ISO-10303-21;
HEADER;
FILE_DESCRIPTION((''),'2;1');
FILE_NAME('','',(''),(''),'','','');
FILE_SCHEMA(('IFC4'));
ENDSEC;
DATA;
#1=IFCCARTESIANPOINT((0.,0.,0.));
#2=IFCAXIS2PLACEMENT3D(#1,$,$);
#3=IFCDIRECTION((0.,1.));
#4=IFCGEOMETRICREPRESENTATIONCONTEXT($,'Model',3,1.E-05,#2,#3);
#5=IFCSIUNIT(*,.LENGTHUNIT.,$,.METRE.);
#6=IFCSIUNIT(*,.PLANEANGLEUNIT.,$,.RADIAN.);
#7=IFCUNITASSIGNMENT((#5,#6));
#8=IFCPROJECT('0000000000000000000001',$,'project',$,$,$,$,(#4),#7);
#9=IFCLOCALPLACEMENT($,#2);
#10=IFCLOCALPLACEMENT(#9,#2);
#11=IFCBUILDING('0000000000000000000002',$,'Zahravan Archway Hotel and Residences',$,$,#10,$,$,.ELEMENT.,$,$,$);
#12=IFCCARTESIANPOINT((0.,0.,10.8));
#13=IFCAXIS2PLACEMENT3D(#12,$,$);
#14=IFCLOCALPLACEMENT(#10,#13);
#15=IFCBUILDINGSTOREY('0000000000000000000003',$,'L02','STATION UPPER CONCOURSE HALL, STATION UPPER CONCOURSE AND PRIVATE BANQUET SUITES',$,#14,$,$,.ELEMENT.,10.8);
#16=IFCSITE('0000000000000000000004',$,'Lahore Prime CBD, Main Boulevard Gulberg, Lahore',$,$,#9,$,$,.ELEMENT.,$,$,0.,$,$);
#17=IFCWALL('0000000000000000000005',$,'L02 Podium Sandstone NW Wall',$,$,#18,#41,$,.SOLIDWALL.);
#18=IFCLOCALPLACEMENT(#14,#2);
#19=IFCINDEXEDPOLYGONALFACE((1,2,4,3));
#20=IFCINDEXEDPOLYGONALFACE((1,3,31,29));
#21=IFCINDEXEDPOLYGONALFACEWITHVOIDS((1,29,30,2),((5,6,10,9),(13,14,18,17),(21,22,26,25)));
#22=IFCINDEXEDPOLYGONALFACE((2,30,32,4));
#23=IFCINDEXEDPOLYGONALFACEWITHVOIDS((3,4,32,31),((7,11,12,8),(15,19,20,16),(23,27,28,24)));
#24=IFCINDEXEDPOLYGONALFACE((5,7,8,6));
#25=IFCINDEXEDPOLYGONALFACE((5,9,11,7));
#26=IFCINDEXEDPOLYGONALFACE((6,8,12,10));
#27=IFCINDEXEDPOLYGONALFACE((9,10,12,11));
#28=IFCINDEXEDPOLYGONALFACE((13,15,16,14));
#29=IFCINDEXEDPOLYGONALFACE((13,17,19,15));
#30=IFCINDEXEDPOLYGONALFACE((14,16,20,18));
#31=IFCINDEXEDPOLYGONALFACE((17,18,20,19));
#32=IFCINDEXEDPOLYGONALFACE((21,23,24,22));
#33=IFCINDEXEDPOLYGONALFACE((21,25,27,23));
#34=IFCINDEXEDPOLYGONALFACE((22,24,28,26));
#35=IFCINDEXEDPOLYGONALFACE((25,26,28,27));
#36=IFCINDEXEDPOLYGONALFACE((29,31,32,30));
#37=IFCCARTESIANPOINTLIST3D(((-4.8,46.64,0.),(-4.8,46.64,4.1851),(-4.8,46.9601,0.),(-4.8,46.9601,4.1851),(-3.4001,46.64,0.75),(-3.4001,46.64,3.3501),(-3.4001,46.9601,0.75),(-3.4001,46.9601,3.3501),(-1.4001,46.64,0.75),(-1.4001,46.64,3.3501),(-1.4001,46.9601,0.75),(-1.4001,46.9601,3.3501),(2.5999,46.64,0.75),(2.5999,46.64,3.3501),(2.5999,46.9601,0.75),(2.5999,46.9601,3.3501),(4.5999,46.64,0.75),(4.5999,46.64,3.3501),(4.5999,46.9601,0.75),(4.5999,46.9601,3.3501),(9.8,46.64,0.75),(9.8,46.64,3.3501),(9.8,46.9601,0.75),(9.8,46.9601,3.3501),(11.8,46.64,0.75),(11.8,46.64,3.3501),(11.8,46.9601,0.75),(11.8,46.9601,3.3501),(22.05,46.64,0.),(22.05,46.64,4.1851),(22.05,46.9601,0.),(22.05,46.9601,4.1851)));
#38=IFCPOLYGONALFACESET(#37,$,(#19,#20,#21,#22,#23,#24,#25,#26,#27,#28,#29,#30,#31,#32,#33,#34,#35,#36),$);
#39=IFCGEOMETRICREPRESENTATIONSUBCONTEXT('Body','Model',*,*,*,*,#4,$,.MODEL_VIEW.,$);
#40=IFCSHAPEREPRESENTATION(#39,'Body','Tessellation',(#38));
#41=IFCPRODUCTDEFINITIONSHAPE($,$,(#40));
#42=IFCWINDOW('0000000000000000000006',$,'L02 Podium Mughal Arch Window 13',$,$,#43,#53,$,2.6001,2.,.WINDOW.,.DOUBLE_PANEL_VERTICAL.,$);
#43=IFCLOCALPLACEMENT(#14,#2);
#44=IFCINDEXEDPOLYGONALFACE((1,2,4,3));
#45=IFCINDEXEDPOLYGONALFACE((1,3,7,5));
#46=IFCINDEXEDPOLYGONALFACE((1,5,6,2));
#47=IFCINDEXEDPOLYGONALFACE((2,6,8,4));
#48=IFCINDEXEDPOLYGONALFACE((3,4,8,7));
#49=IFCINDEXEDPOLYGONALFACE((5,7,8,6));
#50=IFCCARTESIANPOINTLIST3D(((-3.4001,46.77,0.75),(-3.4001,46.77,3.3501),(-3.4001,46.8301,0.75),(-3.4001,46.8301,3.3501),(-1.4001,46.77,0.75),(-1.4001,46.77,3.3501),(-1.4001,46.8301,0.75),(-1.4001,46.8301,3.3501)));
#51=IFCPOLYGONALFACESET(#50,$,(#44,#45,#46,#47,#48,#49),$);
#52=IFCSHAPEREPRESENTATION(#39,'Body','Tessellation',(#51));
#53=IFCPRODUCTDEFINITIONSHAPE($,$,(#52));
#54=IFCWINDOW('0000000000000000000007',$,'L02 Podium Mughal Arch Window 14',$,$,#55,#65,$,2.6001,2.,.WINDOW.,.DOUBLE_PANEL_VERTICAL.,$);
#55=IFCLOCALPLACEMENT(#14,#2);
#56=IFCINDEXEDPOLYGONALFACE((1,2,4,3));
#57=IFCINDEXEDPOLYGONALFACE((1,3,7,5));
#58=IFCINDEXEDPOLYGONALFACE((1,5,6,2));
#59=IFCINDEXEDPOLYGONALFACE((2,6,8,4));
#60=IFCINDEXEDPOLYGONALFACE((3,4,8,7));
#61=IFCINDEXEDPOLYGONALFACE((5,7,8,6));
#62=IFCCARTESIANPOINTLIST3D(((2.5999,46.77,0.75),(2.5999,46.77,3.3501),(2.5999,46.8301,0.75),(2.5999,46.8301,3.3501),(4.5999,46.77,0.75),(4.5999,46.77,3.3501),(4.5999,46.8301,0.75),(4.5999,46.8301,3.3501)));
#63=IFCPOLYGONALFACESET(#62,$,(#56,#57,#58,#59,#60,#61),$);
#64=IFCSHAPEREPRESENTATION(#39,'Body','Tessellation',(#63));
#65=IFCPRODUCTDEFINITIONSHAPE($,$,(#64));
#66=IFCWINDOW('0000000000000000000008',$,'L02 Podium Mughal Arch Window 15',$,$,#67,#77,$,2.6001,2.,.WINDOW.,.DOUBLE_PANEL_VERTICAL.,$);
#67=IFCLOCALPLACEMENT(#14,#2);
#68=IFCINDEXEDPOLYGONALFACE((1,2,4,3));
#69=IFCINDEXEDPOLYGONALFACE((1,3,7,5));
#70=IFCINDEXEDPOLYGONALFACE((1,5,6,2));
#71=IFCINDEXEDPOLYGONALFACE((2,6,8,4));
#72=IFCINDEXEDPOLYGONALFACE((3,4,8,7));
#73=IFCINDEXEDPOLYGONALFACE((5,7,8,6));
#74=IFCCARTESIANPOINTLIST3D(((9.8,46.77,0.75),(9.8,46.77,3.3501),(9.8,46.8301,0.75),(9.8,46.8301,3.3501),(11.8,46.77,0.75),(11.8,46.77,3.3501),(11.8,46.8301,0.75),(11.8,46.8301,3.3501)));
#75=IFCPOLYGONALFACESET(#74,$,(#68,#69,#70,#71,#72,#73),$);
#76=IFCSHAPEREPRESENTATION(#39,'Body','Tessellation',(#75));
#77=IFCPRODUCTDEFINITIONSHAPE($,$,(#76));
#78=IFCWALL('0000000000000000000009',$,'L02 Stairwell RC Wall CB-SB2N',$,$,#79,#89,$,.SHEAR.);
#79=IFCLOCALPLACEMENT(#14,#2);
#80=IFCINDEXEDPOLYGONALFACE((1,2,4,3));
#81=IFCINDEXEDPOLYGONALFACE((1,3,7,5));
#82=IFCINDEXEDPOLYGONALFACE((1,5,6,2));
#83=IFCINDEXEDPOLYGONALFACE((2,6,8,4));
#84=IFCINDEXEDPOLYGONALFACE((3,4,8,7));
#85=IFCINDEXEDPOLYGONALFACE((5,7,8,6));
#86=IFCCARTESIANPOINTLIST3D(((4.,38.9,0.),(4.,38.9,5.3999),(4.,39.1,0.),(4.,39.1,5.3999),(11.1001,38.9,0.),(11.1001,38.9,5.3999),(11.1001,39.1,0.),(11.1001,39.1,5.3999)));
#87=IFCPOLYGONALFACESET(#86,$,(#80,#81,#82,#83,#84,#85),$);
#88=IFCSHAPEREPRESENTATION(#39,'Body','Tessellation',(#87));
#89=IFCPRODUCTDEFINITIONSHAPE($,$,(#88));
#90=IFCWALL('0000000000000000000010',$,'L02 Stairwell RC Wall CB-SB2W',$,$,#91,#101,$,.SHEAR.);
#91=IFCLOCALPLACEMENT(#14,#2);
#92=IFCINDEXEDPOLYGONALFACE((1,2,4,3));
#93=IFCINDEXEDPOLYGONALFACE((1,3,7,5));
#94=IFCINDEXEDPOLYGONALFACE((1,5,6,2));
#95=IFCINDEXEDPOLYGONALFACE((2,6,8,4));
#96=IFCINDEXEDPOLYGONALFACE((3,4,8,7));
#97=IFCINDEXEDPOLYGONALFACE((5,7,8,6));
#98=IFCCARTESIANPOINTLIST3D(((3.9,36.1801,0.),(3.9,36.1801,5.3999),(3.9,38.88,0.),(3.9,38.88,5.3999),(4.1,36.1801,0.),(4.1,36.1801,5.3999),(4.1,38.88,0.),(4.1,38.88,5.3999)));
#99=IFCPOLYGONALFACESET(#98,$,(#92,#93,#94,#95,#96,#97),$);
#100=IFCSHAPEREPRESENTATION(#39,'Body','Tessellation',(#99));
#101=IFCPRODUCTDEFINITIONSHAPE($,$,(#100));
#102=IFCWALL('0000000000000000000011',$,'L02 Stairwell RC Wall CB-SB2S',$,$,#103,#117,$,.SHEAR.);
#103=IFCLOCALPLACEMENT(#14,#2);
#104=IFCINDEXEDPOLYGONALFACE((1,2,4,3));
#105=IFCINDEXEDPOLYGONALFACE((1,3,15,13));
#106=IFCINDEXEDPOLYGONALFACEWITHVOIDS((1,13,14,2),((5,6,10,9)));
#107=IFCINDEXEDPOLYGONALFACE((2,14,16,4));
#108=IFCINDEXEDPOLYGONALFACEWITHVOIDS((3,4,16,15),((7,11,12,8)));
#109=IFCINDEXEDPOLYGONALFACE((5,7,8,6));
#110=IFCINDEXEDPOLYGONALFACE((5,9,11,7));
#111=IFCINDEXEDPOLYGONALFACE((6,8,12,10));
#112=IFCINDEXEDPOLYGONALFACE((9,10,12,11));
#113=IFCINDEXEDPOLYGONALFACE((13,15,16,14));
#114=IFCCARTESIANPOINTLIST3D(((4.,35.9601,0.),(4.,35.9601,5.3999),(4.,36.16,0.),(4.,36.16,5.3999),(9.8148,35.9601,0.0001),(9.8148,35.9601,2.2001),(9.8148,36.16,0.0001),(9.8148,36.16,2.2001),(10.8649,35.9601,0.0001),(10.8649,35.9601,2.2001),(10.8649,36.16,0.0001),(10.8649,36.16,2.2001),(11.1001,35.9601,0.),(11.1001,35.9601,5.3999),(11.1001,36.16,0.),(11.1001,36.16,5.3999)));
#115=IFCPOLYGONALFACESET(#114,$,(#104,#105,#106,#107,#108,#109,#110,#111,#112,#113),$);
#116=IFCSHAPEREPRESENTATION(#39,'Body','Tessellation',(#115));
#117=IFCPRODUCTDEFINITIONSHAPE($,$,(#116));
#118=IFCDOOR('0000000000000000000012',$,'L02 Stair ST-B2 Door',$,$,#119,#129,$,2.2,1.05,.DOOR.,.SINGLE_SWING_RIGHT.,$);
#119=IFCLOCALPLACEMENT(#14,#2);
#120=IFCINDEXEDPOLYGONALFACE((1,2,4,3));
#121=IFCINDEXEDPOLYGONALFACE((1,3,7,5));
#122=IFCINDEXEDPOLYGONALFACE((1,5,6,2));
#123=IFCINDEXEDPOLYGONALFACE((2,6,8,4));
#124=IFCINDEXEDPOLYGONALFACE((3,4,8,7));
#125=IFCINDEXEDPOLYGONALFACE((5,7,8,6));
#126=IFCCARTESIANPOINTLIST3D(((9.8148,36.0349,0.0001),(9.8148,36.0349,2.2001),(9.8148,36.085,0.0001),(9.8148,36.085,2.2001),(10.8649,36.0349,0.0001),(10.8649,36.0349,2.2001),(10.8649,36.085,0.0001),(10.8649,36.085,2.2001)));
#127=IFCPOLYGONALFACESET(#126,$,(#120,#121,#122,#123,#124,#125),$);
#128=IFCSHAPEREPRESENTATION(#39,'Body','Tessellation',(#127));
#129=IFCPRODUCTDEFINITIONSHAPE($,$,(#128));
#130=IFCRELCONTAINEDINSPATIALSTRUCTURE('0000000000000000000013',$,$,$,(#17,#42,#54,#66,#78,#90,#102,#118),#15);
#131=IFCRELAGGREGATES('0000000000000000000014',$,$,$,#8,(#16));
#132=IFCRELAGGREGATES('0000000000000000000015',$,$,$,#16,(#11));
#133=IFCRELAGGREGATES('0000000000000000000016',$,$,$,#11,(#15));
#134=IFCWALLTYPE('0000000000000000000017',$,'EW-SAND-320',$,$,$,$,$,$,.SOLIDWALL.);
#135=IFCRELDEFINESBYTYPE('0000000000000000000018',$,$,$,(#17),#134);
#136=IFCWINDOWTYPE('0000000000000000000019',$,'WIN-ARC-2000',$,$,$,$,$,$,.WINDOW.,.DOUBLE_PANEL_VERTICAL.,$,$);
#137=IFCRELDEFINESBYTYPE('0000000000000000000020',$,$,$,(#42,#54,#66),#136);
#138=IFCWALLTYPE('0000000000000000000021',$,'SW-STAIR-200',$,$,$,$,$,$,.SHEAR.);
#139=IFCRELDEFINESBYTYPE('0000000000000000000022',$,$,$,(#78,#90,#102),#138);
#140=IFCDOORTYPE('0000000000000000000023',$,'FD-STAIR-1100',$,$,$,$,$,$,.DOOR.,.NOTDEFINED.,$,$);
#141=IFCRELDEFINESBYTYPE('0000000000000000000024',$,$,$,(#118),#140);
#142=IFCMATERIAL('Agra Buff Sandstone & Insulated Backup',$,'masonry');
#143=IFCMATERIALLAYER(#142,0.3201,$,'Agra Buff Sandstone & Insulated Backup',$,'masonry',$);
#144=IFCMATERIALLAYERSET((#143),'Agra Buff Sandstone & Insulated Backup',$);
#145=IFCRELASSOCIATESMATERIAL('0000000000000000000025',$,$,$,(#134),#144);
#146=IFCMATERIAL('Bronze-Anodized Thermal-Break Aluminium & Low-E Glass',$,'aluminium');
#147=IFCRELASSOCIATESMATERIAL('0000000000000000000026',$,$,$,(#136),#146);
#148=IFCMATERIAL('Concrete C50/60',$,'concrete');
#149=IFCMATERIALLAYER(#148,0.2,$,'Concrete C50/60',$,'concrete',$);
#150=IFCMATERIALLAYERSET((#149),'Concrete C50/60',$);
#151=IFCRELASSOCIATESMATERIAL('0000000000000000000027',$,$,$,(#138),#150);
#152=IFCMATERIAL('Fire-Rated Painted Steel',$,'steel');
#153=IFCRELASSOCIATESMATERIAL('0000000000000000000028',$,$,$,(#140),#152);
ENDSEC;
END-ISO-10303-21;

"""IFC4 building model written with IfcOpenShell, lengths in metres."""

from ifc_helpers import new_model, si_unit, direction, frame, frame_2d, origin, place, context, subcontext, project, spatial, rectangle, extrude, source, transform, mapped, material, layer, layer_set, type_object, type_shapes, element, fill, save


model = new_model("IFC4")

# Units and contexts
model_context = context("Model", 3, precision=1e-05, world=origin(), true_north=direction((0.0, 1.0)))
body_context = subcontext(model_context, "Body", "Model", "MODEL_VIEW")
ifc_project = project(units=[si_unit("LENGTHUNIT", "METRE"), si_unit("PLANEANGLEUNIT", "RADIAN")], contexts=[model_context])

# Site, building, storey
site_placement = place(None, origin())
site = spatial("IfcSite", under=ifc_project, at=site_placement, Name="Lahore Prime CBD, Main Boulevard Gulberg, Lahore", CompositionType="ELEMENT", RefElevation=0.0)
building_placement = place(site_placement, origin())
building = spatial("IfcBuilding", under=site, at=building_placement, Name="Zahravan Archway Hotel and Residences", CompositionType="ELEMENT")
storey_placement = place(building_placement, frame((0.0, 0.0, 10.8)))
storey = spatial("IfcBuildingStorey", under=building, at=storey_placement, Name="L02", Description="STATION UPPER CONCOURSE HALL, STATION UPPER CONCOURSE AND PRIVATE BANQUET SUITES", CompositionType="ELEMENT", Elevation=10.8)

# Wall, openings, windows
ifc_material_1 = material(Name="Agra Buff Sandstone & Insulated Backup", Category="masonry")
ifc_layer_1 = layer(ifc_material_1, 0.3201, Name="Agra Buff Sandstone & Insulated Backup", Category="masonry")
ifc_layer_set_1 = layer_set([ifc_layer_1], Name="Agra Buff Sandstone & Insulated Backup")
wall_type_1 = type_object("IfcWallType", Name="EW-SAND-320", PredefinedType="SOLIDWALL", material=ifc_layer_set_1)
wall_1_placement = place(storey_placement, frame((-4.8, 46.8, 0.0), z_axis=(0.0, 0.0, 1.0), x_axis=(1.0, 0.0, 0.0)))
wall_1 = element("IfcWall", 1, at=wall_1_placement, inside=storey, type_object=wall_type_1, Name="L02 Podium Sandstone NW Wall", PredefinedType="SOLIDWALL", context=body_context, shape_type="SweptSolid", body=[
    extrude(rectangle(XDim=26.8501, YDim=0.3201, at=frame_2d((13.425, 0.0))), origin(), (0.0, 0.0, 1.0), 4.1851),
])
opening_1_placement = place(wall_1_placement, frame((1.3999, 0.0, 0.75)))
opening_1 = element("IfcOpeningElement", 2, at=opening_1_placement, cuts=wall_1, PredefinedType="OPENING", context=body_context, shape_type="SweptSolid", body=[
    extrude(rectangle(XDim=2.0, YDim=2.6001, at=frame_2d((1.0, 1.3))), frame((0.0, 0.1699, 0.0), z_axis=(0.0, -1.0, 0.0), x_axis=(1.0, 0.0, 0.0)), (0.0, 0.0, 1.0), 0.3401),
])
opening_2_placement = place(wall_1_placement, frame((7.3999, 0.0, 0.75)))
opening_2 = element("IfcOpeningElement", 3, at=opening_2_placement, cuts=wall_1, PredefinedType="OPENING", context=body_context, shape_type="SweptSolid", body=[
    extrude(rectangle(XDim=2.0, YDim=2.6001, at=frame_2d((1.0, 1.3))), frame((0.0, 0.1699, 0.0), z_axis=(0.0, -1.0, 0.0), x_axis=(1.0, 0.0, 0.0)), (0.0, 0.0, 1.0), 0.3401),
])
opening_3_placement = place(wall_1_placement, frame((14.6001, 0.0, 0.75)))
opening_3 = element("IfcOpeningElement", 4, at=opening_3_placement, cuts=wall_1, PredefinedType="OPENING", context=body_context, shape_type="SweptSolid", body=[
    extrude(rectangle(XDim=2.0, YDim=2.6001, at=frame_2d((1.0, 1.3))), frame((0.0, 0.1699, 0.0), z_axis=(0.0, -1.0, 0.0), x_axis=(1.0, 0.0, 0.0)), (0.0, 0.0, 1.0), 0.3401),
])
ifc_material_2 = material(Name="Bronze-Anodized Thermal-Break Aluminium & Low-E Glass", Category="aluminium")
window_type = type_object("IfcWindowType", Name="WIN-ARC-2000", PartitioningType="DOUBLE_PANEL_VERTICAL", PredefinedType="WINDOW", material=ifc_material_2)
shared_shape_1 = source(origin(), body_context, "Body", "SweptSolid", [
    extrude(rectangle(XDim=2.0, YDim=2.6001, at=frame_2d((1.0, 1.3))), frame((0.0, 0.03, 0.0), z_axis=(0.0, -1.0, 0.0), x_axis=(1.0, 0.0, 0.0)), (0.0, 0.0, 1.0), 0.0601),
])
type_shapes(window_type, [shared_shape_1])
window_1_placement = place(opening_1_placement, origin())
window_1 = element("IfcWindow", 5, at=window_1_placement, inside=storey, type_object=window_type, Name="L02 Podium Mughal Arch Window 13", OverallHeight=2.6001, OverallWidth=2.0, PartitioningType="DOUBLE_PANEL_VERTICAL", PredefinedType="WINDOW", context=body_context, shape_type="MappedRepresentation", body=[
    mapped(shared_shape_1, transform((0.0, 0.0, 0.0), scale=1.0)),
])
fill(opening_1, window_1)
window_2_placement = place(opening_2_placement, origin())
window_2 = element("IfcWindow", 6, at=window_2_placement, inside=storey, type_object=window_type, Name="L02 Podium Mughal Arch Window 14", OverallHeight=2.6001, OverallWidth=2.0, PartitioningType="DOUBLE_PANEL_VERTICAL", PredefinedType="WINDOW", context=body_context, shape_type="MappedRepresentation", body=[
    mapped(shared_shape_1, transform((0.0, 0.0, 0.0), scale=1.0)),
])
fill(opening_2, window_2)
window_3_placement = place(opening_3_placement, origin())
window_3 = element("IfcWindow", 7, at=window_3_placement, inside=storey, type_object=window_type, Name="L02 Podium Mughal Arch Window 15", OverallHeight=2.6001, OverallWidth=2.0, PartitioningType="DOUBLE_PANEL_VERTICAL", PredefinedType="WINDOW", context=body_context, shape_type="MappedRepresentation", body=[
    mapped(shared_shape_1, transform((0.0, 0.0, 0.0), scale=1.0)),
])
fill(opening_3, window_3)

# Walls
ifc_material_3 = material(Name="Concrete C50/60", Category="concrete")
ifc_layer_2 = layer(ifc_material_3, 0.2, Name="Concrete C50/60", Category="concrete")
ifc_layer_set_2 = layer_set([ifc_layer_2], Name="Concrete C50/60")
wall_type_2 = type_object("IfcWallType", Name="SW-STAIR-200", PredefinedType="SHEAR", material=ifc_layer_set_2)
wall_2_placement = place(storey_placement, frame((4.0, 39.0, 0.0), z_axis=(0.0, 0.0, 1.0), x_axis=(1.0, 0.0, 0.0)))
element("IfcWall", 8, at=wall_2_placement, inside=storey, type_object=wall_type_2, Name="L02 Stairwell RC Wall CB-SB2N", PredefinedType="SHEAR", context=body_context, shape_type="SweptSolid", body=[
    extrude(rectangle(XDim=7.1001, YDim=0.2, at=frame_2d((3.55, 0.0))), origin(), (0.0, 0.0, 1.0), 5.3999),
])
wall_3_placement = place(storey_placement, frame((4.0, 36.1799, 0.0), z_axis=(0.0, 0.0, 1.0), x_axis=(0.0, 1.0, 0.0)))
element("IfcWall", 9, at=wall_3_placement, inside=storey, type_object=wall_type_2, Name="L02 Stairwell RC Wall CB-SB2W", PredefinedType="SHEAR", context=body_context, shape_type="SweptSolid", body=[
    extrude(rectangle(XDim=2.7, YDim=0.2, at=frame_2d((1.3501, 0.0))), origin(), (0.0, 0.0, 1.0), 5.3999),
])

# Wall, opening, door
wall_4_placement = place(storey_placement, frame((4.0, 36.0601, 0.0), z_axis=(0.0, 0.0, 1.0), x_axis=(1.0, 0.0, 0.0)))
wall_4 = element("IfcWall", 10, at=wall_4_placement, inside=storey, type_object=wall_type_2, Name="L02 Stairwell RC Wall CB-SB2S", PredefinedType="SHEAR", context=body_context, shape_type="SweptSolid", body=[
    extrude(rectangle(XDim=7.1001, YDim=0.2, at=frame_2d((3.55, 0.0))), origin(), (0.0, 0.0, 1.0), 5.3999),
])
opening_4_placement = place(wall_4_placement, frame((5.8149, 0.0, 0.0)))
opening_4 = element("IfcOpeningElement", 11, at=opening_4_placement, cuts=wall_4, PredefinedType="OPENING", context=body_context, shape_type="SweptSolid", body=[
    extrude(rectangle(XDim=1.05, YDim=2.2, at=frame_2d((0.5249, 1.1001))), frame((0.0, 0.1099, 0.0), z_axis=(0.0, -1.0, 0.0), x_axis=(1.0, 0.0, 0.0)), (0.0, 0.0, 1.0), 0.22),
])
ifc_material_4 = material(Name="Fire-Rated Painted Steel", Category="steel")
door_type = type_object("IfcDoorType", Name="FD-STAIR-1100", OperationType="NOTDEFINED", PredefinedType="DOOR", material=ifc_material_4)
shared_shape_2 = source(origin(), body_context, "Body", "SweptSolid", [
    extrude(rectangle(XDim=1.05, YDim=2.2, at=frame_2d((0.5249, 1.1001))), frame((0.0, 0.0249, 0.0), z_axis=(0.0, -1.0, 0.0), x_axis=(1.0, 0.0, 0.0)), (0.0, 0.0, 1.0), 0.05),
])
type_shapes(door_type, [shared_shape_2])
door_placement = place(opening_4_placement, origin())
door = element("IfcDoor", 12, at=door_placement, inside=storey, type_object=door_type, Name="L02 Stair ST-B2 Door", OperationType="SINGLE_SWING_RIGHT", OverallHeight=2.2, OverallWidth=1.05, PredefinedType="DOOR", context=body_context, shape_type="MappedRepresentation", body=[
    mapped(shared_shape_2, transform((0.0, 0.0, 0.0), scale=1.0)),
])
fill(opening_4, door)

save(model, "model.ifc")
